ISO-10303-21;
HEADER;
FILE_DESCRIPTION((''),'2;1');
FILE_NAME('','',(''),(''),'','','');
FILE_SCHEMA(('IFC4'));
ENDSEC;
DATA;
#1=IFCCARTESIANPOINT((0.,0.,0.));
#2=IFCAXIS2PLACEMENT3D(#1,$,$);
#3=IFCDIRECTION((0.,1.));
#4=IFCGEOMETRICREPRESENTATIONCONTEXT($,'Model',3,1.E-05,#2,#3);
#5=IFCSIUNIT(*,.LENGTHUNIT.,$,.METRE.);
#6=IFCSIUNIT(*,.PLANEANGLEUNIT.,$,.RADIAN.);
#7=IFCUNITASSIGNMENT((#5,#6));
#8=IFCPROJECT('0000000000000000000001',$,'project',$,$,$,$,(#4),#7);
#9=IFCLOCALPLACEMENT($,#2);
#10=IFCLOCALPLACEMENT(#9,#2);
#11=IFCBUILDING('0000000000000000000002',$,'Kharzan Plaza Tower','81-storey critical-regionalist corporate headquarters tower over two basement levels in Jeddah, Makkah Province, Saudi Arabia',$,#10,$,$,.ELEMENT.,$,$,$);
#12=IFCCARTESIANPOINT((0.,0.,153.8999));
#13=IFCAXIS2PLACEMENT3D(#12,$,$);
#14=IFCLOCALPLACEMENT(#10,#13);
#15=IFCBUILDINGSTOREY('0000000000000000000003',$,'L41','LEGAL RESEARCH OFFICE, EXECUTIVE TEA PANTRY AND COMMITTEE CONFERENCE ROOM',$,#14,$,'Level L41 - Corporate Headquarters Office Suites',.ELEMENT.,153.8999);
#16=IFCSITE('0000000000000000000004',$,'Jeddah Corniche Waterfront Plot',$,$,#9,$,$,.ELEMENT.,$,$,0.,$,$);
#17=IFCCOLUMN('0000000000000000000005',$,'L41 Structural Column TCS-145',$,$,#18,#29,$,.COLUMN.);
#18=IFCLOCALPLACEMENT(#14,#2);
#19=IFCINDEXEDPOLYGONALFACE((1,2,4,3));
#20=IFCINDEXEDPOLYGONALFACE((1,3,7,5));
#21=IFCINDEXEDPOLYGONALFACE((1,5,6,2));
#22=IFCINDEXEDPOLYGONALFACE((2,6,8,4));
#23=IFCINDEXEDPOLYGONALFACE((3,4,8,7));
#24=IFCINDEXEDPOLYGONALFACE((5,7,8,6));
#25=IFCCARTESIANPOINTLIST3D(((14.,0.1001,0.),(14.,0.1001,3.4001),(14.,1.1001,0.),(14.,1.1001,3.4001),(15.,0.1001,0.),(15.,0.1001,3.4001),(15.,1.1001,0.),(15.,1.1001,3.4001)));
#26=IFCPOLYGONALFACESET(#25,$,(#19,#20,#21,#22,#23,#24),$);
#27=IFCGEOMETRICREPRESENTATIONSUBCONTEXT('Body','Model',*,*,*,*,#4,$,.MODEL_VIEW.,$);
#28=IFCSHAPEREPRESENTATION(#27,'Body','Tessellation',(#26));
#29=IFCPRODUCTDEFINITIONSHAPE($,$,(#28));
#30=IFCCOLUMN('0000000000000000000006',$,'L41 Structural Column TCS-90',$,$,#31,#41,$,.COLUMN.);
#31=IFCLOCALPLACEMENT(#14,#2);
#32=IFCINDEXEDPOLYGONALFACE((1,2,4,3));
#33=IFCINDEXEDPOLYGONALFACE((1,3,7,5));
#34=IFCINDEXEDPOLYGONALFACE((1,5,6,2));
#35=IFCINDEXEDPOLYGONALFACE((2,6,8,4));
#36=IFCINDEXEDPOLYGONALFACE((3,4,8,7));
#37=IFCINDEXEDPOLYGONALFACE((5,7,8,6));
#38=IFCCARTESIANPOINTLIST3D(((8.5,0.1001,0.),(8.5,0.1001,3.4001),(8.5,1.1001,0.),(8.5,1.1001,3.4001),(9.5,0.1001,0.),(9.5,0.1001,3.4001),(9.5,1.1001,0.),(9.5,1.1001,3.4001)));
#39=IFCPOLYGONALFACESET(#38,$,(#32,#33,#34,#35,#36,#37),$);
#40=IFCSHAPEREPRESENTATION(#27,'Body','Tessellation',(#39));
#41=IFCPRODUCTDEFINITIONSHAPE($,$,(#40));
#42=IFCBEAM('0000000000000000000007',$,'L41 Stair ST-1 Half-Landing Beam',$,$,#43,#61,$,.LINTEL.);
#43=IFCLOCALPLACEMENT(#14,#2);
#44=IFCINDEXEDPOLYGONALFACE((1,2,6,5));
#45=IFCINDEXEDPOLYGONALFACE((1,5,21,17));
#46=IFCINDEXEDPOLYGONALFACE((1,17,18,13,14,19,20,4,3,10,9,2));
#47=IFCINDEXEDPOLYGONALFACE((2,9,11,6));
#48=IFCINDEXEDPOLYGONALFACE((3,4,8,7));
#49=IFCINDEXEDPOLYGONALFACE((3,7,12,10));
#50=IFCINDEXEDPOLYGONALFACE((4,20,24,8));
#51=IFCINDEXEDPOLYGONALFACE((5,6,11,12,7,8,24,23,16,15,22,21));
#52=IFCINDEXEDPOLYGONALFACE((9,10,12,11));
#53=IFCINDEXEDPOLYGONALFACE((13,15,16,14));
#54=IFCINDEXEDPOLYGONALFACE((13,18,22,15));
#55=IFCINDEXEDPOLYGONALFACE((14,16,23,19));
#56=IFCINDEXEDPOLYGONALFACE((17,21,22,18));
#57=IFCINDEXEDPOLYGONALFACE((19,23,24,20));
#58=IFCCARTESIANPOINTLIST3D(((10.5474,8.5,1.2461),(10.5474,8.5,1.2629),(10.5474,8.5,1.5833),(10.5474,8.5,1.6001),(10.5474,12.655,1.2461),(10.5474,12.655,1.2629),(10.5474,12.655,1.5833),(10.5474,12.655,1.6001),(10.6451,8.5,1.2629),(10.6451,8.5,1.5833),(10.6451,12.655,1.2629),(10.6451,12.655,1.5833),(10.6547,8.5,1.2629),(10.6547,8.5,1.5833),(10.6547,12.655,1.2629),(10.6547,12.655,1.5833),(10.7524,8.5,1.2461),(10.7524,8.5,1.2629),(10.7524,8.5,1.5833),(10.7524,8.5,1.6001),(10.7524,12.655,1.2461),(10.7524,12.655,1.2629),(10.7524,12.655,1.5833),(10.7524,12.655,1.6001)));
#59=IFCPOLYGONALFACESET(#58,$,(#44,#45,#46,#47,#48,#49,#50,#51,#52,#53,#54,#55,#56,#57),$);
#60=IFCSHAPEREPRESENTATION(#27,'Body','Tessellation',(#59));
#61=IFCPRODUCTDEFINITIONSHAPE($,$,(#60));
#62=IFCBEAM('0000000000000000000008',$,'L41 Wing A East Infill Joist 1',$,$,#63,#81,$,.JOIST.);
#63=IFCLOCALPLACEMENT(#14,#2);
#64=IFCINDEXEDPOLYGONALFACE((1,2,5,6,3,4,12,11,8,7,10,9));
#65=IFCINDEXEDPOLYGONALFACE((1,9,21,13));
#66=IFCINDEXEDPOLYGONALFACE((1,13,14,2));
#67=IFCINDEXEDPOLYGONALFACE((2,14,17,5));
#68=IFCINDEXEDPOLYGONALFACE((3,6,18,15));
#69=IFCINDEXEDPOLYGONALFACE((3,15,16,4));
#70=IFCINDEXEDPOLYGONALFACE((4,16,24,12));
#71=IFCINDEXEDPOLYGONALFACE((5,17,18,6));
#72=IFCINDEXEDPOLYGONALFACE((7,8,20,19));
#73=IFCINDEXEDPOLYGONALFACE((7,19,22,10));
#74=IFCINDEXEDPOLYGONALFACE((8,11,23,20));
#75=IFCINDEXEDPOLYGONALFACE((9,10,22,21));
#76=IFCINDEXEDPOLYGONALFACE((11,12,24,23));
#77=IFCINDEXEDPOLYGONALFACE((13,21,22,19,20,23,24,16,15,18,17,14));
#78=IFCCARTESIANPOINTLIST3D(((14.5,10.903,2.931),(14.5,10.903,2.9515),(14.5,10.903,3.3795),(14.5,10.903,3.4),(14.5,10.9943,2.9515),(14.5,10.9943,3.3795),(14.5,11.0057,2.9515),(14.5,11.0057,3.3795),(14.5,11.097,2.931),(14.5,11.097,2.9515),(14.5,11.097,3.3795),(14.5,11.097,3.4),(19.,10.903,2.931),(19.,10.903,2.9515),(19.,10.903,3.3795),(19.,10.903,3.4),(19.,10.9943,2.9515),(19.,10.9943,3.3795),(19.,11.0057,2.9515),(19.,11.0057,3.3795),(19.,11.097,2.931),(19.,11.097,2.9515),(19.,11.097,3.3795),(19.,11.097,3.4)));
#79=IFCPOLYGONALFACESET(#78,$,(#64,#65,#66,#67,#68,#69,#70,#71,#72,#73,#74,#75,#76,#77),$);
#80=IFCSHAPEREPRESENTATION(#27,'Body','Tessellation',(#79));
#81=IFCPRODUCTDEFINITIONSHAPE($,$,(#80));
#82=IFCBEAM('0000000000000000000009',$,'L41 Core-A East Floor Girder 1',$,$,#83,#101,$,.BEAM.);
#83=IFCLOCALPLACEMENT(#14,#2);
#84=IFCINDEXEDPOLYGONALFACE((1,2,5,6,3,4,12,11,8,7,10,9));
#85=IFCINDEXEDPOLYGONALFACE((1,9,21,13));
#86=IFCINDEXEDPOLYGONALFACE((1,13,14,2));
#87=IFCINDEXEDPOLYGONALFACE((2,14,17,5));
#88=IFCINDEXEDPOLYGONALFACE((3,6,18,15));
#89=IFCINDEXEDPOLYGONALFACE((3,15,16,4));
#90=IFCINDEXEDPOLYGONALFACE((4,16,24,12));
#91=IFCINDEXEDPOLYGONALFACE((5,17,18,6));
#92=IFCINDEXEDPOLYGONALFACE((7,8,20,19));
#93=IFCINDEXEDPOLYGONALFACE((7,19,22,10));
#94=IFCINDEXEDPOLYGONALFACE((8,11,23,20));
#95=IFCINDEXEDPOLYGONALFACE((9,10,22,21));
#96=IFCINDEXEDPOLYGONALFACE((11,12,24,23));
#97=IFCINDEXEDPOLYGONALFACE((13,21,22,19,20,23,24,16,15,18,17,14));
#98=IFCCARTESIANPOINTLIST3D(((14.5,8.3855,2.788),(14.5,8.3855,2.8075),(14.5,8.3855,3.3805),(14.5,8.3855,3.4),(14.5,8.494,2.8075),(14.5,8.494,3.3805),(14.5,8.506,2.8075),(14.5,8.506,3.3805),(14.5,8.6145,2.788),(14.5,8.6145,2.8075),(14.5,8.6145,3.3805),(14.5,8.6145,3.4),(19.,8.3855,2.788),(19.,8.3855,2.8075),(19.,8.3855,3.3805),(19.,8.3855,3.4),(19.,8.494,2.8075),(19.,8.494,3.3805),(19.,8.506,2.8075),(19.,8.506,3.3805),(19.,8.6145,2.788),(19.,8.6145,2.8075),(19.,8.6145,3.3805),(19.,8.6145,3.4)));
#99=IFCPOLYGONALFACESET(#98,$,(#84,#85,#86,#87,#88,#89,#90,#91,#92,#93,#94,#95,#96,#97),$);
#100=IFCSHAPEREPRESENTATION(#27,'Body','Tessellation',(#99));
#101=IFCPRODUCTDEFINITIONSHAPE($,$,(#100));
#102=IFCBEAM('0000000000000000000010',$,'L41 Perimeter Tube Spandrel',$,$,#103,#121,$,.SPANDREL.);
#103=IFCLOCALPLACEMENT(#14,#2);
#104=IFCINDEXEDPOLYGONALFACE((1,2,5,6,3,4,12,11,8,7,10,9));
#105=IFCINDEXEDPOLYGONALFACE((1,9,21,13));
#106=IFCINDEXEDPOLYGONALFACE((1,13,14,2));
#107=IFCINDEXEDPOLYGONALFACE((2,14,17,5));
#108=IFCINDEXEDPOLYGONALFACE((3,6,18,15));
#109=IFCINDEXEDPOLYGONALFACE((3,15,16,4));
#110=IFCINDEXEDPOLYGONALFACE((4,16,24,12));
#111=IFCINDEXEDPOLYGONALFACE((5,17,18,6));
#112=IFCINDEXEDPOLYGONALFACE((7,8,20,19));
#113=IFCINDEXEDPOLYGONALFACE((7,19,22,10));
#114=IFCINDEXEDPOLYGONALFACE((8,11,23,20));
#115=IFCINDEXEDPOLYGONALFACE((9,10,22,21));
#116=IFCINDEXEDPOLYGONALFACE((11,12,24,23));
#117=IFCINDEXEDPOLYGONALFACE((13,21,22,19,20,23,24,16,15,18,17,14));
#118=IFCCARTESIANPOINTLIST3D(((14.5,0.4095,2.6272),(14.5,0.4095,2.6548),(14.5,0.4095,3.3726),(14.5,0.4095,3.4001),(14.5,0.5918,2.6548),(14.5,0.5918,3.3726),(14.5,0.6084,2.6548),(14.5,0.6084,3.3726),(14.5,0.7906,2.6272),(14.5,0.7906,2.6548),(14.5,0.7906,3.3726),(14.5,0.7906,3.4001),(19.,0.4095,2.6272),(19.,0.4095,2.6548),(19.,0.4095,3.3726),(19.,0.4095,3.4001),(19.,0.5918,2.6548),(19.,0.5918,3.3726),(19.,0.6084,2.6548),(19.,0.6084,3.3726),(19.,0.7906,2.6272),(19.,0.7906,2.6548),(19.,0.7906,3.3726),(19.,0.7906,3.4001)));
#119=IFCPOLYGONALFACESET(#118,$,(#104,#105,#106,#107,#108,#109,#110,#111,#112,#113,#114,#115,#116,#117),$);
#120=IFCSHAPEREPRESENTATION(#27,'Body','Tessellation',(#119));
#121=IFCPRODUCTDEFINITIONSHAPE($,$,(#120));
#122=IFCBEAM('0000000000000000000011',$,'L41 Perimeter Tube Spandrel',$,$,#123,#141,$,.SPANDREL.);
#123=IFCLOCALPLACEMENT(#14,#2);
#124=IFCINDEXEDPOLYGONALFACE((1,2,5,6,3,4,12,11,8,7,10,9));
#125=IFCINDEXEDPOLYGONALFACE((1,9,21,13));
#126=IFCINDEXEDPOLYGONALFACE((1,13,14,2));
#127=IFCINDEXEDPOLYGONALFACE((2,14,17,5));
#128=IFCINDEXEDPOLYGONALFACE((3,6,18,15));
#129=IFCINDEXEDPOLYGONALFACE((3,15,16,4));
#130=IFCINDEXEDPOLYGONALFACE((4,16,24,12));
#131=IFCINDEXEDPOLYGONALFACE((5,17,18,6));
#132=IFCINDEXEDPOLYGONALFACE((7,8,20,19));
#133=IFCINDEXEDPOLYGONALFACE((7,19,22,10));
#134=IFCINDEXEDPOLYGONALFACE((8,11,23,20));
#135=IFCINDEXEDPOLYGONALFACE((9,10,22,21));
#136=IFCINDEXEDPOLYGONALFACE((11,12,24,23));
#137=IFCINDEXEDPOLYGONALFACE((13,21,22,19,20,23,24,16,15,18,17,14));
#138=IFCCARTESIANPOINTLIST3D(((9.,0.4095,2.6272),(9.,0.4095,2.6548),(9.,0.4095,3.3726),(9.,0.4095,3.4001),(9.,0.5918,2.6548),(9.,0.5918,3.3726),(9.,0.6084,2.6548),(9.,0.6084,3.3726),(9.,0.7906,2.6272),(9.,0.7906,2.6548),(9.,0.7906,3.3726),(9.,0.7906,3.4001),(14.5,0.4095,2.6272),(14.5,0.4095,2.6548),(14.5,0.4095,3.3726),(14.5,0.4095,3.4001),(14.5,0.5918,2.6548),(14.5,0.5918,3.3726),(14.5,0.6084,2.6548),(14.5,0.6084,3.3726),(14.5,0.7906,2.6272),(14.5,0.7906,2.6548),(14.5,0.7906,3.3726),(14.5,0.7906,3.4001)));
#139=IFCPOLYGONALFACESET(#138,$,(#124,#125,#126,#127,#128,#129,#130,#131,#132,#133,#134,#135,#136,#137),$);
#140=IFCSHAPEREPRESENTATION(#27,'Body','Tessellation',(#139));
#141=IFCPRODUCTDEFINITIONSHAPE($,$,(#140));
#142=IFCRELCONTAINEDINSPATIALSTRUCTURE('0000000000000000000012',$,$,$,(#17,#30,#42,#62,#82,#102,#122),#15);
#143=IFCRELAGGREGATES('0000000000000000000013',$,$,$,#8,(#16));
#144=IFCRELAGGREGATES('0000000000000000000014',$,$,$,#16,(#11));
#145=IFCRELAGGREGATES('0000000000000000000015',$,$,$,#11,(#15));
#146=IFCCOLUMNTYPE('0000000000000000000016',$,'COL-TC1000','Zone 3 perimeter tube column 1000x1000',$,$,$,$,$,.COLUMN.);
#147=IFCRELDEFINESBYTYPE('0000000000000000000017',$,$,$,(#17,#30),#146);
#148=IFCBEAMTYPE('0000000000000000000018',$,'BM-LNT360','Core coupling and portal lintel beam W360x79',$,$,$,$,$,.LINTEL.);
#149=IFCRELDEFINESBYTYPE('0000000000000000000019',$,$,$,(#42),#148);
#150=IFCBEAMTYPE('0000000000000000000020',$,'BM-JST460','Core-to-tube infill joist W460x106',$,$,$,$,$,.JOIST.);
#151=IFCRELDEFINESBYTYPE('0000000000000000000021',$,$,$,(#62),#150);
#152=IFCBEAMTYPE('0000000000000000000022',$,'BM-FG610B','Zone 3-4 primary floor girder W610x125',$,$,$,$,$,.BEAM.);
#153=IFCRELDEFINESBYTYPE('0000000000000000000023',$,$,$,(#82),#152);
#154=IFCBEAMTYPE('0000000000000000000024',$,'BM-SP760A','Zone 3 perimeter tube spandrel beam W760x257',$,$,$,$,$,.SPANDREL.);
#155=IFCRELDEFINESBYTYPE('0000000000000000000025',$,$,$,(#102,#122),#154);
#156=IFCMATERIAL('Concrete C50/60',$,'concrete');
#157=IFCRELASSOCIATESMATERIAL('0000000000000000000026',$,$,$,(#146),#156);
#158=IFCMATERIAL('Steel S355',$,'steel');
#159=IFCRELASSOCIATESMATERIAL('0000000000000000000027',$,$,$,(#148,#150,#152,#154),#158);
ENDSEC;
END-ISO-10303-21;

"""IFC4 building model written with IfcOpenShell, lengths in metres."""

from ifc_helpers import new_model, si_unit, direction, frame, origin, origin_2d, place, context, subcontext, project, spatial, rectangle, i_section, extrude, source, transform, mapped, material, material_profile, profile_set, type_object, element, save


model = new_model("IFC4")

# Units and contexts
model_context = context("Model", 3, precision=1e-05, world=origin(), true_north=direction((0.0, 1.0)))
body_context = subcontext(model_context, "Body", "Model", "MODEL_VIEW")
ifc_project = project(units=[si_unit("LENGTHUNIT", "METRE"), si_unit("PLANEANGLEUNIT", "RADIAN")], contexts=[model_context])

# Site, building, storey
site_placement = place(None, origin())
site = spatial("IfcSite", under=ifc_project, at=site_placement, Name="Jeddah Corniche Waterfront Plot", CompositionType="ELEMENT", RefElevation=0.0)
building_placement = place(site_placement, origin())
building = spatial("IfcBuilding", under=site, at=building_placement, Name="Kharzan Plaza Tower", Description="81-storey critical-regionalist corporate headquarters tower over two basement levels in Jeddah, Makkah Province, Saudi Arabia", CompositionType="ELEMENT")
storey_placement = place(building_placement, frame((0.0, 0.0, 153.8999)))
storey = spatial("IfcBuildingStorey", under=building, at=storey_placement, Name="L41", Description="LEGAL RESEARCH OFFICE, EXECUTIVE TEA PANTRY AND COMMITTEE CONFERENCE ROOM", LongName="Level L41 - Corporate Headquarters Office Suites", CompositionType="ELEMENT", Elevation=153.8999)

# Columns
ifc_material_1 = material(Name="Concrete C50/60", Category="concrete")
ifc_material_profile_1 = material_profile(ifc_material_1, rectangle(XDim=1.0, YDim=1.0, at=origin_2d()), Name="RC-TC1000x1000")
ifc_profile_set_1 = profile_set([ifc_material_profile_1], Name="Concrete C50/60")
column_type = type_object("IfcColumnType", Name="COL-TC1000", Description="Zone 3 perimeter tube column 1000x1000", PredefinedType="COLUMN", material=ifc_profile_set_1)
shared_shape_1 = source(origin(), body_context, "Body", "SweptSolid", [
    extrude(rectangle(XDim=1.0, YDim=1.0, at=origin_2d()), origin(), (0.0, 0.0, 1.0), 3.4001),
])
for number, where, z_axis, x_axis, name in (
    (1, (14.5, 0.6001, 0.0), (0.0, 0.0, 1.0), (1.0, 0.0, 0.0), "L41 Structural Column TCS-145"),
    (2, (9.0, 0.6001, 0.0), (0.0, 0.0, 1.0), (1.0, 0.0, 0.0), "L41 Structural Column TCS-90"),
):
    element("IfcColumn", number, at=place(storey_placement, frame(where, z_axis=z_axis, x_axis=x_axis)), inside=storey, type_object=column_type, Name=name, PredefinedType="COLUMN", context=body_context, shape_type="MappedRepresentation", body=[
        mapped(shared_shape_1, transform((0.0, 0.0, 0.0), x_axis=(1.0, 0.0, 0.0), y_axis=(0.0, 1.0, 0.0), z_axis=(0.0, 0.0, 1.0))),
    ])

# Beams
ifc_material_2 = material(Name="Steel S355", Category="steel")
ifc_material_profile_2 = material_profile(ifc_material_2, i_section(OverallWidth=0.2051, OverallDepth=0.354, WebThickness=0.0095, FlangeThickness=0.0168, at=origin_2d()), Name="W360x79")
ifc_profile_set_2 = profile_set([ifc_material_profile_2], Name="Steel S355")
beam_type_1 = type_object("IfcBeamType", Name="BM-LNT360", Description="Core coupling and portal lintel beam W360x79", PredefinedType="LINTEL", material=ifc_profile_set_2)
shared_shape_2 = source(origin(), body_context, "Body", "SweptSolid", [
    extrude(i_section(OverallWidth=0.2051, OverallDepth=0.354, WebThickness=0.0095, FlangeThickness=0.0168, at=origin_2d()), origin(), (0.0, 0.0, 1.0), 4.155),
])
beam_1_placement = place(storey_placement, frame((10.6499, 8.5, 1.4231), z_axis=(0.0, 1.0, 0.0), x_axis=(-1.0, 0.0, 0.0)))
element("IfcBeam", 3, at=beam_1_placement, inside=storey, type_object=beam_type_1, Name="L41 Stair ST-1 Half-Landing Beam", PredefinedType="LINTEL", context=body_context, shape_type="MappedRepresentation", body=[
    mapped(shared_shape_2, transform((0.0, 0.0, 0.0), x_axis=(1.0, 0.0, 0.0), y_axis=(0.0, 1.0, 0.0), z_axis=(0.0, 0.0, 1.0))),
])
ifc_material_profile_3 = material_profile(ifc_material_2, i_section(OverallWidth=0.1941, OverallDepth=0.469, WebThickness=0.0115, FlangeThickness=0.0205, at=origin_2d()), Name="W460x106")
ifc_profile_set_3 = profile_set([ifc_material_profile_3], Name="Steel S355")
beam_type_2 = type_object("IfcBeamType", Name="BM-JST460", Description="Core-to-tube infill joist W460x106", PredefinedType="JOIST", material=ifc_profile_set_3)
shared_shape_3 = source(origin(), body_context, "Body", "SweptSolid", [
    extrude(i_section(OverallWidth=0.1941, OverallDepth=0.469, WebThickness=0.0115, FlangeThickness=0.0205, at=origin_2d()), origin(), (0.0, 0.0, 1.0), 4.5),
])
beam_2_placement = place(storey_placement, frame((14.5, 11.0, 3.1655), z_axis=(1.0, 0.0, 0.0), x_axis=(0.0, 1.0, 0.0)))
element("IfcBeam", 4, at=beam_2_placement, inside=storey, type_object=beam_type_2, Name="L41 Wing A East Infill Joist 1", PredefinedType="JOIST", context=body_context, shape_type="MappedRepresentation", body=[
    mapped(shared_shape_3, transform((0.0, 0.0, 0.0), x_axis=(1.0, 0.0, 0.0), y_axis=(0.0, 1.0, 0.0), z_axis=(0.0, 0.0, 1.0))),
])
ifc_material_profile_4 = material_profile(ifc_material_2, i_section(OverallWidth=0.229, OverallDepth=0.6121, WebThickness=0.012, FlangeThickness=0.0195, at=origin_2d()), Name="W610x125")
ifc_profile_set_4 = profile_set([ifc_material_profile_4], Name="Steel S355")
beam_type_3 = type_object("IfcBeamType", Name="BM-FG610B", Description="Zone 3-4 primary floor girder W610x125", PredefinedType="BEAM", material=ifc_profile_set_4)
shared_shape_4 = source(origin(), body_context, "Body", "SweptSolid", [
    extrude(i_section(OverallWidth=0.229, OverallDepth=0.6121, WebThickness=0.012, FlangeThickness=0.0195, at=origin_2d()), origin(), (0.0, 0.0, 1.0), 4.5),
])
beam_3_placement = place(storey_placement, frame((14.5, 8.5, 3.094), z_axis=(1.0, 0.0, 0.0), x_axis=(0.0, 1.0, 0.0)))
element("IfcBeam", 5, at=beam_3_placement, inside=storey, type_object=beam_type_3, Name="L41 Core-A East Floor Girder 1", PredefinedType="BEAM", context=body_context, shape_type="MappedRepresentation", body=[
    mapped(shared_shape_4, transform((0.0, 0.0, 0.0), x_axis=(1.0, 0.0, 0.0), y_axis=(0.0, 1.0, 0.0), z_axis=(0.0, 0.0, 1.0))),
])
ifc_material_profile_5 = material_profile(ifc_material_2, i_section(OverallWidth=0.3811, OverallDepth=0.7729, WebThickness=0.0166, FlangeThickness=0.0276, at=origin_2d()), Name="W760x257")
ifc_profile_set_5 = profile_set([ifc_material_profile_5], Name="Steel S355")
beam_type_4 = type_object("IfcBeamType", Name="BM-SP760A", Description="Zone 3 perimeter tube spandrel beam W760x257", PredefinedType="SPANDREL", material=ifc_profile_set_5)
shared_shape_5 = source(origin(), body_context, "Body", "SweptSolid", [
    extrude(i_section(OverallWidth=0.3811, OverallDepth=0.7729, WebThickness=0.0166, FlangeThickness=0.0276, at=origin_2d()), origin(), (0.0, 0.0, 1.0), 4.5),
])
beam_4_placement = place(storey_placement, frame((14.5, 0.6001, 3.0137), z_axis=(1.0, 0.0, 0.0), x_axis=(0.0, 1.0, 0.0)))
element("IfcBeam", 6, at=beam_4_placement, inside=storey, type_object=beam_type_4, Name="L41 Perimeter Tube Spandrel", PredefinedType="SPANDREL", context=body_context, shape_type="MappedRepresentation", body=[
    mapped(shared_shape_5, transform((0.0, 0.0, 0.0), x_axis=(1.0, 0.0, 0.0), y_axis=(0.0, 1.0, 0.0), z_axis=(0.0, 0.0, 1.0))),
])
shared_shape_6 = source(origin(), body_context, "Body", "SweptSolid", [
    extrude(i_section(OverallWidth=0.3811, OverallDepth=0.7729, WebThickness=0.0166, FlangeThickness=0.0276, at=origin_2d()), origin(), (0.0, 0.0, 1.0), 5.5),
])
beam_5_placement = place(storey_placement, frame((9.0, 0.6001, 3.0137), z_axis=(1.0, 0.0, 0.0), x_axis=(0.0, 1.0, 0.0)))
element("IfcBeam", 7, at=beam_5_placement, inside=storey, type_object=beam_type_4, Name="L41 Perimeter Tube Spandrel", PredefinedType="SPANDREL", context=body_context, shape_type="MappedRepresentation", body=[
    mapped(shared_shape_6, transform((0.0, 0.0, 0.0), x_axis=(1.0, 0.0, 0.0), y_axis=(0.0, 1.0, 0.0), z_axis=(0.0, 0.0, 1.0))),
])

save(model, "model.ifc")
